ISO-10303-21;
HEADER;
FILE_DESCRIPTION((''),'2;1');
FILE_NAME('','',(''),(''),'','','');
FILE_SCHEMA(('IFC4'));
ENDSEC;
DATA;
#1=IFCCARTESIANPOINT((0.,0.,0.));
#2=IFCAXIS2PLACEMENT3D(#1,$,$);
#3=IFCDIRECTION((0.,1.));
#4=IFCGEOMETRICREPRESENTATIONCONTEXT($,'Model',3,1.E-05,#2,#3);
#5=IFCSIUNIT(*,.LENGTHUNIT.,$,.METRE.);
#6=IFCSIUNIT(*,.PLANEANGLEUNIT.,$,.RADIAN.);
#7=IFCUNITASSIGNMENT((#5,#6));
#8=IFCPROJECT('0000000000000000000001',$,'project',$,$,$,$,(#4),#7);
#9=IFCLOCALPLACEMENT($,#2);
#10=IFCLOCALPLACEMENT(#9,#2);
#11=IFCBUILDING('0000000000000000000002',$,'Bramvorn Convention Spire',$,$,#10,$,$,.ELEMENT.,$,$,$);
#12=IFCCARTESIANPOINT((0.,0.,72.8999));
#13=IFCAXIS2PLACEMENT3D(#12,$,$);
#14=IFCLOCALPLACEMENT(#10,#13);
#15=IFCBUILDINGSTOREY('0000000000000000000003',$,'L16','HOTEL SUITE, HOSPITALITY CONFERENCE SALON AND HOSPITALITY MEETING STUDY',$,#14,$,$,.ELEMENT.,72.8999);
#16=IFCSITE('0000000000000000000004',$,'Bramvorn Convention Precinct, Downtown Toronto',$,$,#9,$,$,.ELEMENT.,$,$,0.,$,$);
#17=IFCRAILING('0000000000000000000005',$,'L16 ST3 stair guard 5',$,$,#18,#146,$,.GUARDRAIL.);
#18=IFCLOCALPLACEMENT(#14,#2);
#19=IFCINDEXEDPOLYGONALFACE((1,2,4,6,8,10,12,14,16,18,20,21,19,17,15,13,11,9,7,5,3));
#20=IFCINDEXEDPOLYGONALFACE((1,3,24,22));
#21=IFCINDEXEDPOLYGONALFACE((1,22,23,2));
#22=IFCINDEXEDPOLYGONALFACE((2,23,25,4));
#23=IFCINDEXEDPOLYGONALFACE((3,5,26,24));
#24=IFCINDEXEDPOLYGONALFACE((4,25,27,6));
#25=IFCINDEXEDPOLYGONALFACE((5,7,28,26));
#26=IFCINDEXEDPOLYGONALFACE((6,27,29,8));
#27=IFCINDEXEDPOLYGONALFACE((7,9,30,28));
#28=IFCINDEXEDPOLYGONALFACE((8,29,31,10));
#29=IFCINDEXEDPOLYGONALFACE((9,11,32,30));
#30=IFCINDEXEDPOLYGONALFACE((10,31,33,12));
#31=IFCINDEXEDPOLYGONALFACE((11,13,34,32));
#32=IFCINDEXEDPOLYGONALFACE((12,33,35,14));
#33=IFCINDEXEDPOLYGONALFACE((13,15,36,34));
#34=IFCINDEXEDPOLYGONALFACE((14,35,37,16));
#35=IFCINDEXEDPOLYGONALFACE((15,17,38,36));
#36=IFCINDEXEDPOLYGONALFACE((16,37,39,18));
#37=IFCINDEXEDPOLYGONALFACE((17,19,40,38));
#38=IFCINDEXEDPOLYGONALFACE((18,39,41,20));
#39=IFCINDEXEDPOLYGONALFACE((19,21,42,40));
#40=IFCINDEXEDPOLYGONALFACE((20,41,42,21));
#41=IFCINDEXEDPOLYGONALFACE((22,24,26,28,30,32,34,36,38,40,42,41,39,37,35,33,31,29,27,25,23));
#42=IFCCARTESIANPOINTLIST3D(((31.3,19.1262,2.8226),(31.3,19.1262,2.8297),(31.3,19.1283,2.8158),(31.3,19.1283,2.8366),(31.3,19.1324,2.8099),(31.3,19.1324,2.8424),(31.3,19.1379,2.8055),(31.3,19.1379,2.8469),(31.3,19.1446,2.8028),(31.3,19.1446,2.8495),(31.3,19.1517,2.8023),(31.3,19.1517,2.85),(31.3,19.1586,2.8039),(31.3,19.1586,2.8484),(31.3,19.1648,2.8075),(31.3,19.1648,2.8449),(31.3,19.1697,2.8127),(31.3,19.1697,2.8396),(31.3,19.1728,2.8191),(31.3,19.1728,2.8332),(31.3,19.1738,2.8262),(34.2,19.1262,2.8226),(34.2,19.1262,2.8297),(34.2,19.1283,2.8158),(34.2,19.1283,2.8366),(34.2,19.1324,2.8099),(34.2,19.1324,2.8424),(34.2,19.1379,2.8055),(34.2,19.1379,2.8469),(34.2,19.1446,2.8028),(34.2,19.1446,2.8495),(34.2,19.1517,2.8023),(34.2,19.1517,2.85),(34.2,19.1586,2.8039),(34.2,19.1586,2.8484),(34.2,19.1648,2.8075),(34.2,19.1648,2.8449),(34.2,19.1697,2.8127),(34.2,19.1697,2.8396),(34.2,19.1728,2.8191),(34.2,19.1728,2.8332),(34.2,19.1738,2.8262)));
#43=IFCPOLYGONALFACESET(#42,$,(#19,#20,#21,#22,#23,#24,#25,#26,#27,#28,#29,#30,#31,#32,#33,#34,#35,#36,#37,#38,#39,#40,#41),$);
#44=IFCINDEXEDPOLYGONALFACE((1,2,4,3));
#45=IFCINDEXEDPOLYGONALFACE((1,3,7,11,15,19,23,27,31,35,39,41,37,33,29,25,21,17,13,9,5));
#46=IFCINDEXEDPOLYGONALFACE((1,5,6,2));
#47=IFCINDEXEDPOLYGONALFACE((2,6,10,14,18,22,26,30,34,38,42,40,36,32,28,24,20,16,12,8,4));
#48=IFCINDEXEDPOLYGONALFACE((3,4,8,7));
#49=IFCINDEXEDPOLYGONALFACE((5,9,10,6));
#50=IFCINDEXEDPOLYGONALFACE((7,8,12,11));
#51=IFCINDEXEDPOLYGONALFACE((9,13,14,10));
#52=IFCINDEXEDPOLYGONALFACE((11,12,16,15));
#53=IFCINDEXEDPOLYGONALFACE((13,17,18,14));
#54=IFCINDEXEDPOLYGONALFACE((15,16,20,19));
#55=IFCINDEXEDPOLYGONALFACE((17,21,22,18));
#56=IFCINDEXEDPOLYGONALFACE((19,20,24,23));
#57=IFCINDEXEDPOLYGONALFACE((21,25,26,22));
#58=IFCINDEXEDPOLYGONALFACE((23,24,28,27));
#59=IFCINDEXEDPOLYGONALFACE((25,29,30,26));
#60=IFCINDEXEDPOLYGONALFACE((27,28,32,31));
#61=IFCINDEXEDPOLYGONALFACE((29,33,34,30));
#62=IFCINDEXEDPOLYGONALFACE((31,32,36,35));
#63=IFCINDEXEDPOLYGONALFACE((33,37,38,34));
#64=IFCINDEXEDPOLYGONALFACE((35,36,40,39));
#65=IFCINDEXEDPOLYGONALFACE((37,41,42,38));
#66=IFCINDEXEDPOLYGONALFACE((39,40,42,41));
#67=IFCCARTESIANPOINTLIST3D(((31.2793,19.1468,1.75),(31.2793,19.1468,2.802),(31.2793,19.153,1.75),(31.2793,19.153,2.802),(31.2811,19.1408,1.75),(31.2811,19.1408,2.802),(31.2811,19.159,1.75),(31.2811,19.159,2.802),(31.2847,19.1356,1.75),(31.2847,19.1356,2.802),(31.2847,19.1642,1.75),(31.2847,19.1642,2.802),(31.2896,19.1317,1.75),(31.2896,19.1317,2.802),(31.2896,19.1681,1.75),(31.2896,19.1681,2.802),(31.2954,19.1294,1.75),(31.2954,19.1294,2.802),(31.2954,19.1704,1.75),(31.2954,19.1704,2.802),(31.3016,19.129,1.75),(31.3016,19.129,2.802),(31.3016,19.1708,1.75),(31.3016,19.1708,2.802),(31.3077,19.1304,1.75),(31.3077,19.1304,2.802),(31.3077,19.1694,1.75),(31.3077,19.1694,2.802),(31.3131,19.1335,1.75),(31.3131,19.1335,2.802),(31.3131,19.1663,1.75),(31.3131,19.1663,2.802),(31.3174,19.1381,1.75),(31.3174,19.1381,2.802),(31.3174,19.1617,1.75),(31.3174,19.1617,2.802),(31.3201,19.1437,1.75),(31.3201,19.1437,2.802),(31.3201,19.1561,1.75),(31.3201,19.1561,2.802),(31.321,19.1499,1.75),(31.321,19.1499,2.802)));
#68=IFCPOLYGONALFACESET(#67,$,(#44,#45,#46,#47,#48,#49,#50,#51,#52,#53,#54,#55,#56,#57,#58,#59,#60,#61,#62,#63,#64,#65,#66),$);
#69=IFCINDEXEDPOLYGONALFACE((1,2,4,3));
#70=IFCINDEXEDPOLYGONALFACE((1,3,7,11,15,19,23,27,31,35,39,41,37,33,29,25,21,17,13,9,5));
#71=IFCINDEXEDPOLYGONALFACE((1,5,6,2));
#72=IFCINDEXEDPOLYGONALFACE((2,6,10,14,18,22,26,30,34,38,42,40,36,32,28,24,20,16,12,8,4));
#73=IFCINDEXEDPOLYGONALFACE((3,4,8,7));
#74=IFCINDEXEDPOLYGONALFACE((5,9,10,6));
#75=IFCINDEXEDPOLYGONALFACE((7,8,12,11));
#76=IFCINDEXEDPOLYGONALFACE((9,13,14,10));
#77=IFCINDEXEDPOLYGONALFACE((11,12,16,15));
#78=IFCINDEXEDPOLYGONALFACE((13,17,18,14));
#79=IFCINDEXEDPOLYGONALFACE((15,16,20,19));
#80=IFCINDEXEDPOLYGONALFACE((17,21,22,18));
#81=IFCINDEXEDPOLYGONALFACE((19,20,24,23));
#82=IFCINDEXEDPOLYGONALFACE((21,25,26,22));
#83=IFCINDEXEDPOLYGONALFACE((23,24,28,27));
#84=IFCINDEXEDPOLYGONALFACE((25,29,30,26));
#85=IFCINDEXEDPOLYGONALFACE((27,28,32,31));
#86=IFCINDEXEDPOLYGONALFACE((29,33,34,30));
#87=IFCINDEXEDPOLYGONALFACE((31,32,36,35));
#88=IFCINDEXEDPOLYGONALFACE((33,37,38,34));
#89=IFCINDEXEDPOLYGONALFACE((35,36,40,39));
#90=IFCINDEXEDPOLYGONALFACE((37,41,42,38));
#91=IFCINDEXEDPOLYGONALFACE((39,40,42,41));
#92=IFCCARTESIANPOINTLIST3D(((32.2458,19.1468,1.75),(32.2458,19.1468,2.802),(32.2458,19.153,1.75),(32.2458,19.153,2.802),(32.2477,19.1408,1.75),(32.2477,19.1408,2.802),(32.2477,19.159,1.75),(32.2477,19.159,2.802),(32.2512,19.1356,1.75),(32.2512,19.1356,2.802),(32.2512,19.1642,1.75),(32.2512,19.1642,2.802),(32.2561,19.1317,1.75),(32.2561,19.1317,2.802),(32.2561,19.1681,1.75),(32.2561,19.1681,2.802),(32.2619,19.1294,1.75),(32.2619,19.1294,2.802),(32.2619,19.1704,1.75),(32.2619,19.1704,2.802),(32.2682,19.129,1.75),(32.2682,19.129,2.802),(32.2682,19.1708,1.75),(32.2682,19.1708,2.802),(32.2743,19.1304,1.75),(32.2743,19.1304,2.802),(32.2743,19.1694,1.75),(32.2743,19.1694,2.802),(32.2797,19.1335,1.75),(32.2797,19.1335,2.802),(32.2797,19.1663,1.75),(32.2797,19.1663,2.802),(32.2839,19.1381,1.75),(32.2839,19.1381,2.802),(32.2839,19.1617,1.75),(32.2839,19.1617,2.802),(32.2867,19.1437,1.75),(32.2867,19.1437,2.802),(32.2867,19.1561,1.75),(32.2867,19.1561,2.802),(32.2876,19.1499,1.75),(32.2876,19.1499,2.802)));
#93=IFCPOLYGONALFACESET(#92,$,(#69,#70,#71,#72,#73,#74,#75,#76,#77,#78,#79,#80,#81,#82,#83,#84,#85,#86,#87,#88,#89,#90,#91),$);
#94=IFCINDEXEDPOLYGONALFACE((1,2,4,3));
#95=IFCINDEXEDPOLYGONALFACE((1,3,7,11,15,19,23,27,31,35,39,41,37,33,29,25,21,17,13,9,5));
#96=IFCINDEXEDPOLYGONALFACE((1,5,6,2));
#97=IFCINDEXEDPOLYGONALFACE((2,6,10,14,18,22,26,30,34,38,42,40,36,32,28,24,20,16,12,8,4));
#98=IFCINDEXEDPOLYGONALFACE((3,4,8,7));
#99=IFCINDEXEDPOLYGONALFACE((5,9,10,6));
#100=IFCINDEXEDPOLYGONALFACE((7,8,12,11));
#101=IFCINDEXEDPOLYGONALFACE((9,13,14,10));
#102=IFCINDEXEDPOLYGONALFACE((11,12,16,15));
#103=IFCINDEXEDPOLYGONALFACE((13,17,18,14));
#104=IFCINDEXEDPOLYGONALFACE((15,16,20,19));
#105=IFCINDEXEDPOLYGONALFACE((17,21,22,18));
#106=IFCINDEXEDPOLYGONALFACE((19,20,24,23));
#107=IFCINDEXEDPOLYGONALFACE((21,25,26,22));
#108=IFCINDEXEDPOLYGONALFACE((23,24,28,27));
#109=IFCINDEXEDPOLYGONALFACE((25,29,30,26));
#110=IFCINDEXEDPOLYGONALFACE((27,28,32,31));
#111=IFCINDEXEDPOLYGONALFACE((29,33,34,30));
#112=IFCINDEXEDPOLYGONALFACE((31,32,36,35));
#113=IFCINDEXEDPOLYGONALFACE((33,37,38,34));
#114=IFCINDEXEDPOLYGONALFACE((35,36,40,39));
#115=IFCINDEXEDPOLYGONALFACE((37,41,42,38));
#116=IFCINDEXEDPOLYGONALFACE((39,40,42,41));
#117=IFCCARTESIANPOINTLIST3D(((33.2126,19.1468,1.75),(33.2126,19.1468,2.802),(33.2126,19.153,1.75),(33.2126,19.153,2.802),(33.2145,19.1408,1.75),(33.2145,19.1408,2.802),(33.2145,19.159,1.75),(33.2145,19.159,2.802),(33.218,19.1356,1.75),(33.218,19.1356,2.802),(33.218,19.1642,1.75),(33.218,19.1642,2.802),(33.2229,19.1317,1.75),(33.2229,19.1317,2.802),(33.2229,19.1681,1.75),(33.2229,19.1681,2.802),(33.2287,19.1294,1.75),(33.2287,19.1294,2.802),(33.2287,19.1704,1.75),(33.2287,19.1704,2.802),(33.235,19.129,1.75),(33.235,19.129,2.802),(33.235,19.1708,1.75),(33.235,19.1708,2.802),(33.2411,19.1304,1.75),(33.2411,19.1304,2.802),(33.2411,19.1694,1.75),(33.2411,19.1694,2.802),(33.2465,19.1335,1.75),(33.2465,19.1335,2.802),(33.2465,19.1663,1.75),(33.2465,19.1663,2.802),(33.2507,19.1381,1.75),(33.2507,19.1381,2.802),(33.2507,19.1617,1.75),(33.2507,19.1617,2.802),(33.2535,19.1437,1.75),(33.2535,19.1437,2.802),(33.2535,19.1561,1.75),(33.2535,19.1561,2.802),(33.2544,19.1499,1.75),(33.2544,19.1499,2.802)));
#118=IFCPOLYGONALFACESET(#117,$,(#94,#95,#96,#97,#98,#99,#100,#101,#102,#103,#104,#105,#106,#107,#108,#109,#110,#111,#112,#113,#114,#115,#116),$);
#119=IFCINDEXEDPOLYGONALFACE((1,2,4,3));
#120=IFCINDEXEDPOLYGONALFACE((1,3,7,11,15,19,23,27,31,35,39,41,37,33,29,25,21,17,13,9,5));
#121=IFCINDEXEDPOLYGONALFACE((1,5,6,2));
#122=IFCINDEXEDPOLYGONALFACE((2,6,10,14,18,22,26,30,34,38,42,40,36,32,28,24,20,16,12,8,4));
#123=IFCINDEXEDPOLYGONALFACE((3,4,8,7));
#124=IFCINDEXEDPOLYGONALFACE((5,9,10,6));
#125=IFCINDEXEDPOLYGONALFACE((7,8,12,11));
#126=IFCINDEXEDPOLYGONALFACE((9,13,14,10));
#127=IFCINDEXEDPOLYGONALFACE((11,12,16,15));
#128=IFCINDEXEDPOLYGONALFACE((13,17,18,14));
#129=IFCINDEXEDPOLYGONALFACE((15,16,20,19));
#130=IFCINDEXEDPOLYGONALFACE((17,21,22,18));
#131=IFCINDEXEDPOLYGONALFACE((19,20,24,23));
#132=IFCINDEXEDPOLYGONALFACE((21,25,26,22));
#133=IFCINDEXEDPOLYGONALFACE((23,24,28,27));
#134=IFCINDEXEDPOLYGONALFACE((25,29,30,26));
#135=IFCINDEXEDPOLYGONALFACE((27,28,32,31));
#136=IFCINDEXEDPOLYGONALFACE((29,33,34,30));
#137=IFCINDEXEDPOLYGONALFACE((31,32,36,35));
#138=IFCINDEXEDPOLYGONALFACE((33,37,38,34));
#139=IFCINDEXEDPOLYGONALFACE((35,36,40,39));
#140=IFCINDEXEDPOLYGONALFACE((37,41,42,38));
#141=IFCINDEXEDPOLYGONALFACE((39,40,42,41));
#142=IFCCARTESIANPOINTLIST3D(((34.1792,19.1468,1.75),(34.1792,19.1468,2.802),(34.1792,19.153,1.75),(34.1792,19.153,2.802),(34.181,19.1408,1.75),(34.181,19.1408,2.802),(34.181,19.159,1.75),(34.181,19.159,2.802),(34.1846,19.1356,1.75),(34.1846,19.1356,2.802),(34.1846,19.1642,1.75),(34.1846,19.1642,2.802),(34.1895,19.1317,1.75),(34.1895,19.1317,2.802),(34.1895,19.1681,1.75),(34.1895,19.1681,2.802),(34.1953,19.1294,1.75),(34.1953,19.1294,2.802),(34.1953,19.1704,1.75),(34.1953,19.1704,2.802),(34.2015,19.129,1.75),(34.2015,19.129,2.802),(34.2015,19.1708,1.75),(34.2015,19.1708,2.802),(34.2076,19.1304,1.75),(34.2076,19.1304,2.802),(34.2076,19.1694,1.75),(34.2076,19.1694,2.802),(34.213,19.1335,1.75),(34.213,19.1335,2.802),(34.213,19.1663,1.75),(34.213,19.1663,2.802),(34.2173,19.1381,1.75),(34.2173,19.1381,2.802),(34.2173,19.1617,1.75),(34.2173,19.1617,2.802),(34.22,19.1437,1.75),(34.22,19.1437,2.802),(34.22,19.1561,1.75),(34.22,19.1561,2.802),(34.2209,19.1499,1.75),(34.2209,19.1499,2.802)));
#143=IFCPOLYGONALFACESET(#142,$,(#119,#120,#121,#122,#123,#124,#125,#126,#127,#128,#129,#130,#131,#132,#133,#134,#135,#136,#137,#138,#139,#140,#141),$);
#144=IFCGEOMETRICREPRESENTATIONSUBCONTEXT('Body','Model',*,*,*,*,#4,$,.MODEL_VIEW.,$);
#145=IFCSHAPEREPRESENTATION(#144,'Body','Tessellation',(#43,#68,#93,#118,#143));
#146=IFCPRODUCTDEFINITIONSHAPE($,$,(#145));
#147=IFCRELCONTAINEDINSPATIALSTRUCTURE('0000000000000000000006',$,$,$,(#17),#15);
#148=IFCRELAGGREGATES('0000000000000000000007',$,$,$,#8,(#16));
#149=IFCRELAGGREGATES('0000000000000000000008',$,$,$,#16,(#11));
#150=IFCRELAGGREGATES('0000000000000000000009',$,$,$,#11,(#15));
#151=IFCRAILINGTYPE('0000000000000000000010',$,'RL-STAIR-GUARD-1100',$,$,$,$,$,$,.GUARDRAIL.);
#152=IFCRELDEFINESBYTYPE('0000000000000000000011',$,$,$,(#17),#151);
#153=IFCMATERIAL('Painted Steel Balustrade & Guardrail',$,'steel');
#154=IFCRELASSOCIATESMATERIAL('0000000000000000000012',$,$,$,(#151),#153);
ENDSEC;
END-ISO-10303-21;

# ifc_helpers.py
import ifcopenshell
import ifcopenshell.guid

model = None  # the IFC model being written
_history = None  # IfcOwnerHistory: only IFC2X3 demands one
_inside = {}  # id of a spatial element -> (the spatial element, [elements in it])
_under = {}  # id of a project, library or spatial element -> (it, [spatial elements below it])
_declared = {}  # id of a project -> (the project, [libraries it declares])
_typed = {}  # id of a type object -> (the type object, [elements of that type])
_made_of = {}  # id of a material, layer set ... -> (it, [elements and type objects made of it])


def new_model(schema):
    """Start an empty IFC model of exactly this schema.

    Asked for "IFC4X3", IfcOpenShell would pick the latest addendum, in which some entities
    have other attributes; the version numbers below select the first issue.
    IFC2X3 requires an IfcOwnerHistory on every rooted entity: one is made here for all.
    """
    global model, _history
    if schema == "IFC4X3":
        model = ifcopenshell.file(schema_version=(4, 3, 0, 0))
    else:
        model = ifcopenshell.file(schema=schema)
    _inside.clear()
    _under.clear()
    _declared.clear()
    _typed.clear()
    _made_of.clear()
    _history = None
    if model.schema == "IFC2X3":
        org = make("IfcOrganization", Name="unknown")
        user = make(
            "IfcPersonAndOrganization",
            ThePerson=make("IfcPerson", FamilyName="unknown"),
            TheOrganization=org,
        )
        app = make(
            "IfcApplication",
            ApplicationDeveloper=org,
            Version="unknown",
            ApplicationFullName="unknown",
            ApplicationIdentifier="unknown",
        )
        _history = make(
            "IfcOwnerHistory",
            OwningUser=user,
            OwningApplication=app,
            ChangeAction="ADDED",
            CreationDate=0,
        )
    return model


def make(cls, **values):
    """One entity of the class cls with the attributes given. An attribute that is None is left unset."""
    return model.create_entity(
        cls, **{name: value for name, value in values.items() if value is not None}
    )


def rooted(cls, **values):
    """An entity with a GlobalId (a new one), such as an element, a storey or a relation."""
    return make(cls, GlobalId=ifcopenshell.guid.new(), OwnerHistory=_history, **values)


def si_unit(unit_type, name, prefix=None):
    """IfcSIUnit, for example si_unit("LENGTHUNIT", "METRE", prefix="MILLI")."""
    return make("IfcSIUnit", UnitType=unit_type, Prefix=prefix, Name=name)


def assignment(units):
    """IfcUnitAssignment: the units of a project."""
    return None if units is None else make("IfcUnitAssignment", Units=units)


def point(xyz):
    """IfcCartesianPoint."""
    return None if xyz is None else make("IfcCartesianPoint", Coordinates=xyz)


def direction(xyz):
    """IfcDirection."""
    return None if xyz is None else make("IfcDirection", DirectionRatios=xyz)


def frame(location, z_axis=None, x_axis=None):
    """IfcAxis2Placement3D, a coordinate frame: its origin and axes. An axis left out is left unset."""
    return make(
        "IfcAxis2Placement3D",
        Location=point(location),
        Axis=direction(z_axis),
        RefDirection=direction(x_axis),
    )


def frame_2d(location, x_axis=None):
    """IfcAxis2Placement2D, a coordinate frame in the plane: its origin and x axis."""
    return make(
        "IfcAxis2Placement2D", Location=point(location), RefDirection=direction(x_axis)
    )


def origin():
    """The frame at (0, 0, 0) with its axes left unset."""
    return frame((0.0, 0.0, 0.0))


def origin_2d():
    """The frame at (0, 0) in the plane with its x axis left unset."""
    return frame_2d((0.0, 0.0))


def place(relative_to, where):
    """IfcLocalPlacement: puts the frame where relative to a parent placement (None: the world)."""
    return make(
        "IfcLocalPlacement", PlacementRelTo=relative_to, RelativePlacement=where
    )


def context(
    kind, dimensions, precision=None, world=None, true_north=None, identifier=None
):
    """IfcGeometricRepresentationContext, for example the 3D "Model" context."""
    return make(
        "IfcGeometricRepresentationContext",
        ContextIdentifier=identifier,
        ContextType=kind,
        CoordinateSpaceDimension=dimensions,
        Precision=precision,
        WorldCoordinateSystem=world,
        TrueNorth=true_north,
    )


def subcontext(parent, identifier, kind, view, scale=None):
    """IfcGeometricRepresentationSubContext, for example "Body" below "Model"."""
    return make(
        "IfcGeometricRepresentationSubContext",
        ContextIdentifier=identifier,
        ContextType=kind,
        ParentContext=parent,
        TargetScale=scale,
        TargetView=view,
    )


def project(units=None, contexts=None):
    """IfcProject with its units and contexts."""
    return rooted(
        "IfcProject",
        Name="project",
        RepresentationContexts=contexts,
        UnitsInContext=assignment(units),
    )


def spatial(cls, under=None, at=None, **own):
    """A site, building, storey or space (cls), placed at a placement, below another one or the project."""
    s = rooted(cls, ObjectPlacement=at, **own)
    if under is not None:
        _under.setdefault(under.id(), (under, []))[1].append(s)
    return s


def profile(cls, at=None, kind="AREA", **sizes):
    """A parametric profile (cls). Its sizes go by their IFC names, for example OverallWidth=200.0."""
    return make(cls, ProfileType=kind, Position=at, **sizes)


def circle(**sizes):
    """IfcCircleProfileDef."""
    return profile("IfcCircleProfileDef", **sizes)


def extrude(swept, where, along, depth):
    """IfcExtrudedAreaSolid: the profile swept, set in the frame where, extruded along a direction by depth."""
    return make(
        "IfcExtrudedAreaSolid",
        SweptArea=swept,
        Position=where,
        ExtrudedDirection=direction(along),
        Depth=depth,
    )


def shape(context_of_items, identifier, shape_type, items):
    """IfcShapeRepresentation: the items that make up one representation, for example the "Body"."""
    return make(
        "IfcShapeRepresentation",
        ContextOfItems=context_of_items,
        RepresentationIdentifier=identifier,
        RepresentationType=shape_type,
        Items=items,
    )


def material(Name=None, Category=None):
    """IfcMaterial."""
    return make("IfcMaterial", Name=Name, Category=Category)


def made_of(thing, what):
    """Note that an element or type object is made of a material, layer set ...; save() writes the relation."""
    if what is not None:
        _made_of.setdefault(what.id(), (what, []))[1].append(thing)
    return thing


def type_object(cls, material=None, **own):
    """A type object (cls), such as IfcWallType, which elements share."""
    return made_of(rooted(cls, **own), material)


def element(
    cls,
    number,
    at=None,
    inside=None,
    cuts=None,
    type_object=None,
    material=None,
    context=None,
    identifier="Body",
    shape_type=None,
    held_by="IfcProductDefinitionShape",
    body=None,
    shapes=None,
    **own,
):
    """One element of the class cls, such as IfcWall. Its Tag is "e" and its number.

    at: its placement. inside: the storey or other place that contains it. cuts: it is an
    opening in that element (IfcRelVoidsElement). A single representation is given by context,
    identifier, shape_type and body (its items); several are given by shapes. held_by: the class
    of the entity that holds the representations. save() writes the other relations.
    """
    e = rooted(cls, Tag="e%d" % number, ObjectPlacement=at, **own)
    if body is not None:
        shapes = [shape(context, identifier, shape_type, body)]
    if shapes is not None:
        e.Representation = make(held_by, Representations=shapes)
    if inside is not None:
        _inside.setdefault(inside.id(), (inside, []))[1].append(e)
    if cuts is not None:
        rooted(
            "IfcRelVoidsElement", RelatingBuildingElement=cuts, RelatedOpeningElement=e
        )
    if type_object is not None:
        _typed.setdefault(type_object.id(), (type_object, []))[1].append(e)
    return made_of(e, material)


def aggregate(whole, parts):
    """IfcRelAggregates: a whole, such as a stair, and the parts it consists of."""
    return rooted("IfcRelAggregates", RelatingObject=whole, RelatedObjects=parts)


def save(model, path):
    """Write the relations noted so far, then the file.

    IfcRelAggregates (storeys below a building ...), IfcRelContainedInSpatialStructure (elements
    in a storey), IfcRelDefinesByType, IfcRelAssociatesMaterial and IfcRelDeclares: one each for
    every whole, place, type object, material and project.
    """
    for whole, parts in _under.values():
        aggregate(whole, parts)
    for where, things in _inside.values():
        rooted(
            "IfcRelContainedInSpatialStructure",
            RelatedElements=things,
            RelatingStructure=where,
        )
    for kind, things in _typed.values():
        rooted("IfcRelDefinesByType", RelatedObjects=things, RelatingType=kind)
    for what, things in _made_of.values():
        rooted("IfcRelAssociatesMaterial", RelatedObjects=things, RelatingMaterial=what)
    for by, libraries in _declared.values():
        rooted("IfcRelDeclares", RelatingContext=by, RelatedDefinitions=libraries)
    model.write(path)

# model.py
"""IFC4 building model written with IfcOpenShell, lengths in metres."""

from ifc_helpers import new_model, si_unit, direction, frame, origin, origin_2d, place, context, subcontext, project, spatial, circle, extrude, material, type_object, element, save


model = new_model("IFC4")

# Units and contexts
model_context = context("Model", 3, precision=1e-05, world=origin(), true_north=direction((0.0, 1.0)))
body_context = subcontext(model_context, "Body", "Model", "MODEL_VIEW")
ifc_project = project(units=[si_unit("LENGTHUNIT", "METRE"), si_unit("PLANEANGLEUNIT", "RADIAN")], contexts=[model_context])

# Site, building, storey
site_placement = place(None, origin())
site = spatial("IfcSite", under=ifc_project, at=site_placement, Name="Bramvorn Convention Precinct, Downtown Toronto", CompositionType="ELEMENT", RefElevation=0.0)
building_placement = place(site_placement, origin())
building = spatial("IfcBuilding", under=site, at=building_placement, Name="Bramvorn Convention Spire", CompositionType="ELEMENT")
storey_placement = place(building_placement, frame((0.0, 0.0, 72.8999)))
storey = spatial("IfcBuildingStorey", under=building, at=storey_placement, Name="L16", Description="HOTEL SUITE, HOSPITALITY CONFERENCE SALON AND HOSPITALITY MEETING STUDY", CompositionType="ELEMENT", Elevation=72.8999)

# Railing
ifc_material_1 = material(Name="Painted Steel Balustrade & Guardrail", Category="steel")
railing_type_1 = type_object("IfcRailingType", Name="RL-STAIR-GUARD-1100", PredefinedType="GUARDRAIL", material=ifc_material_1)
railing_1_placement = place(storey_placement, frame((31.3, 19.1499, 1.75)))
element("IfcRailing", 1, at=railing_1_placement, inside=storey, type_object=railing_type_1, Name="L16 ST3 stair guard 5", PredefinedType="GUARDRAIL", context=body_context, shape_type="SweptSolid", body=[
    extrude(circle(Radius=0.0239, at=origin_2d()), frame((0.0, 0.0, 1.0762), z_axis=(1.0, 0.0, 0.0), x_axis=(0.0, 1.0, 0.0)), (0.0, 0.0, 1.0), 2.8999),
    extrude(circle(Radius=0.021, at=origin_2d()), origin(), (0.0, 0.0, 1.0), 1.052),
    extrude(circle(Radius=0.021, at=origin_2d()), frame((0.9666, 0.0, 0.0)), (0.0, 0.0, 1.0), 1.052),
    extrude(circle(Radius=0.021, at=origin_2d()), frame((1.9333, 0.0, 0.0)), (0.0, 0.0, 1.0), 1.052),
    extrude(circle(Radius=0.021, at=origin_2d()), frame((2.8999, 0.0, 0.0)), (0.0, 0.0, 1.0), 1.052),
])

save(model, "model.ifc")
